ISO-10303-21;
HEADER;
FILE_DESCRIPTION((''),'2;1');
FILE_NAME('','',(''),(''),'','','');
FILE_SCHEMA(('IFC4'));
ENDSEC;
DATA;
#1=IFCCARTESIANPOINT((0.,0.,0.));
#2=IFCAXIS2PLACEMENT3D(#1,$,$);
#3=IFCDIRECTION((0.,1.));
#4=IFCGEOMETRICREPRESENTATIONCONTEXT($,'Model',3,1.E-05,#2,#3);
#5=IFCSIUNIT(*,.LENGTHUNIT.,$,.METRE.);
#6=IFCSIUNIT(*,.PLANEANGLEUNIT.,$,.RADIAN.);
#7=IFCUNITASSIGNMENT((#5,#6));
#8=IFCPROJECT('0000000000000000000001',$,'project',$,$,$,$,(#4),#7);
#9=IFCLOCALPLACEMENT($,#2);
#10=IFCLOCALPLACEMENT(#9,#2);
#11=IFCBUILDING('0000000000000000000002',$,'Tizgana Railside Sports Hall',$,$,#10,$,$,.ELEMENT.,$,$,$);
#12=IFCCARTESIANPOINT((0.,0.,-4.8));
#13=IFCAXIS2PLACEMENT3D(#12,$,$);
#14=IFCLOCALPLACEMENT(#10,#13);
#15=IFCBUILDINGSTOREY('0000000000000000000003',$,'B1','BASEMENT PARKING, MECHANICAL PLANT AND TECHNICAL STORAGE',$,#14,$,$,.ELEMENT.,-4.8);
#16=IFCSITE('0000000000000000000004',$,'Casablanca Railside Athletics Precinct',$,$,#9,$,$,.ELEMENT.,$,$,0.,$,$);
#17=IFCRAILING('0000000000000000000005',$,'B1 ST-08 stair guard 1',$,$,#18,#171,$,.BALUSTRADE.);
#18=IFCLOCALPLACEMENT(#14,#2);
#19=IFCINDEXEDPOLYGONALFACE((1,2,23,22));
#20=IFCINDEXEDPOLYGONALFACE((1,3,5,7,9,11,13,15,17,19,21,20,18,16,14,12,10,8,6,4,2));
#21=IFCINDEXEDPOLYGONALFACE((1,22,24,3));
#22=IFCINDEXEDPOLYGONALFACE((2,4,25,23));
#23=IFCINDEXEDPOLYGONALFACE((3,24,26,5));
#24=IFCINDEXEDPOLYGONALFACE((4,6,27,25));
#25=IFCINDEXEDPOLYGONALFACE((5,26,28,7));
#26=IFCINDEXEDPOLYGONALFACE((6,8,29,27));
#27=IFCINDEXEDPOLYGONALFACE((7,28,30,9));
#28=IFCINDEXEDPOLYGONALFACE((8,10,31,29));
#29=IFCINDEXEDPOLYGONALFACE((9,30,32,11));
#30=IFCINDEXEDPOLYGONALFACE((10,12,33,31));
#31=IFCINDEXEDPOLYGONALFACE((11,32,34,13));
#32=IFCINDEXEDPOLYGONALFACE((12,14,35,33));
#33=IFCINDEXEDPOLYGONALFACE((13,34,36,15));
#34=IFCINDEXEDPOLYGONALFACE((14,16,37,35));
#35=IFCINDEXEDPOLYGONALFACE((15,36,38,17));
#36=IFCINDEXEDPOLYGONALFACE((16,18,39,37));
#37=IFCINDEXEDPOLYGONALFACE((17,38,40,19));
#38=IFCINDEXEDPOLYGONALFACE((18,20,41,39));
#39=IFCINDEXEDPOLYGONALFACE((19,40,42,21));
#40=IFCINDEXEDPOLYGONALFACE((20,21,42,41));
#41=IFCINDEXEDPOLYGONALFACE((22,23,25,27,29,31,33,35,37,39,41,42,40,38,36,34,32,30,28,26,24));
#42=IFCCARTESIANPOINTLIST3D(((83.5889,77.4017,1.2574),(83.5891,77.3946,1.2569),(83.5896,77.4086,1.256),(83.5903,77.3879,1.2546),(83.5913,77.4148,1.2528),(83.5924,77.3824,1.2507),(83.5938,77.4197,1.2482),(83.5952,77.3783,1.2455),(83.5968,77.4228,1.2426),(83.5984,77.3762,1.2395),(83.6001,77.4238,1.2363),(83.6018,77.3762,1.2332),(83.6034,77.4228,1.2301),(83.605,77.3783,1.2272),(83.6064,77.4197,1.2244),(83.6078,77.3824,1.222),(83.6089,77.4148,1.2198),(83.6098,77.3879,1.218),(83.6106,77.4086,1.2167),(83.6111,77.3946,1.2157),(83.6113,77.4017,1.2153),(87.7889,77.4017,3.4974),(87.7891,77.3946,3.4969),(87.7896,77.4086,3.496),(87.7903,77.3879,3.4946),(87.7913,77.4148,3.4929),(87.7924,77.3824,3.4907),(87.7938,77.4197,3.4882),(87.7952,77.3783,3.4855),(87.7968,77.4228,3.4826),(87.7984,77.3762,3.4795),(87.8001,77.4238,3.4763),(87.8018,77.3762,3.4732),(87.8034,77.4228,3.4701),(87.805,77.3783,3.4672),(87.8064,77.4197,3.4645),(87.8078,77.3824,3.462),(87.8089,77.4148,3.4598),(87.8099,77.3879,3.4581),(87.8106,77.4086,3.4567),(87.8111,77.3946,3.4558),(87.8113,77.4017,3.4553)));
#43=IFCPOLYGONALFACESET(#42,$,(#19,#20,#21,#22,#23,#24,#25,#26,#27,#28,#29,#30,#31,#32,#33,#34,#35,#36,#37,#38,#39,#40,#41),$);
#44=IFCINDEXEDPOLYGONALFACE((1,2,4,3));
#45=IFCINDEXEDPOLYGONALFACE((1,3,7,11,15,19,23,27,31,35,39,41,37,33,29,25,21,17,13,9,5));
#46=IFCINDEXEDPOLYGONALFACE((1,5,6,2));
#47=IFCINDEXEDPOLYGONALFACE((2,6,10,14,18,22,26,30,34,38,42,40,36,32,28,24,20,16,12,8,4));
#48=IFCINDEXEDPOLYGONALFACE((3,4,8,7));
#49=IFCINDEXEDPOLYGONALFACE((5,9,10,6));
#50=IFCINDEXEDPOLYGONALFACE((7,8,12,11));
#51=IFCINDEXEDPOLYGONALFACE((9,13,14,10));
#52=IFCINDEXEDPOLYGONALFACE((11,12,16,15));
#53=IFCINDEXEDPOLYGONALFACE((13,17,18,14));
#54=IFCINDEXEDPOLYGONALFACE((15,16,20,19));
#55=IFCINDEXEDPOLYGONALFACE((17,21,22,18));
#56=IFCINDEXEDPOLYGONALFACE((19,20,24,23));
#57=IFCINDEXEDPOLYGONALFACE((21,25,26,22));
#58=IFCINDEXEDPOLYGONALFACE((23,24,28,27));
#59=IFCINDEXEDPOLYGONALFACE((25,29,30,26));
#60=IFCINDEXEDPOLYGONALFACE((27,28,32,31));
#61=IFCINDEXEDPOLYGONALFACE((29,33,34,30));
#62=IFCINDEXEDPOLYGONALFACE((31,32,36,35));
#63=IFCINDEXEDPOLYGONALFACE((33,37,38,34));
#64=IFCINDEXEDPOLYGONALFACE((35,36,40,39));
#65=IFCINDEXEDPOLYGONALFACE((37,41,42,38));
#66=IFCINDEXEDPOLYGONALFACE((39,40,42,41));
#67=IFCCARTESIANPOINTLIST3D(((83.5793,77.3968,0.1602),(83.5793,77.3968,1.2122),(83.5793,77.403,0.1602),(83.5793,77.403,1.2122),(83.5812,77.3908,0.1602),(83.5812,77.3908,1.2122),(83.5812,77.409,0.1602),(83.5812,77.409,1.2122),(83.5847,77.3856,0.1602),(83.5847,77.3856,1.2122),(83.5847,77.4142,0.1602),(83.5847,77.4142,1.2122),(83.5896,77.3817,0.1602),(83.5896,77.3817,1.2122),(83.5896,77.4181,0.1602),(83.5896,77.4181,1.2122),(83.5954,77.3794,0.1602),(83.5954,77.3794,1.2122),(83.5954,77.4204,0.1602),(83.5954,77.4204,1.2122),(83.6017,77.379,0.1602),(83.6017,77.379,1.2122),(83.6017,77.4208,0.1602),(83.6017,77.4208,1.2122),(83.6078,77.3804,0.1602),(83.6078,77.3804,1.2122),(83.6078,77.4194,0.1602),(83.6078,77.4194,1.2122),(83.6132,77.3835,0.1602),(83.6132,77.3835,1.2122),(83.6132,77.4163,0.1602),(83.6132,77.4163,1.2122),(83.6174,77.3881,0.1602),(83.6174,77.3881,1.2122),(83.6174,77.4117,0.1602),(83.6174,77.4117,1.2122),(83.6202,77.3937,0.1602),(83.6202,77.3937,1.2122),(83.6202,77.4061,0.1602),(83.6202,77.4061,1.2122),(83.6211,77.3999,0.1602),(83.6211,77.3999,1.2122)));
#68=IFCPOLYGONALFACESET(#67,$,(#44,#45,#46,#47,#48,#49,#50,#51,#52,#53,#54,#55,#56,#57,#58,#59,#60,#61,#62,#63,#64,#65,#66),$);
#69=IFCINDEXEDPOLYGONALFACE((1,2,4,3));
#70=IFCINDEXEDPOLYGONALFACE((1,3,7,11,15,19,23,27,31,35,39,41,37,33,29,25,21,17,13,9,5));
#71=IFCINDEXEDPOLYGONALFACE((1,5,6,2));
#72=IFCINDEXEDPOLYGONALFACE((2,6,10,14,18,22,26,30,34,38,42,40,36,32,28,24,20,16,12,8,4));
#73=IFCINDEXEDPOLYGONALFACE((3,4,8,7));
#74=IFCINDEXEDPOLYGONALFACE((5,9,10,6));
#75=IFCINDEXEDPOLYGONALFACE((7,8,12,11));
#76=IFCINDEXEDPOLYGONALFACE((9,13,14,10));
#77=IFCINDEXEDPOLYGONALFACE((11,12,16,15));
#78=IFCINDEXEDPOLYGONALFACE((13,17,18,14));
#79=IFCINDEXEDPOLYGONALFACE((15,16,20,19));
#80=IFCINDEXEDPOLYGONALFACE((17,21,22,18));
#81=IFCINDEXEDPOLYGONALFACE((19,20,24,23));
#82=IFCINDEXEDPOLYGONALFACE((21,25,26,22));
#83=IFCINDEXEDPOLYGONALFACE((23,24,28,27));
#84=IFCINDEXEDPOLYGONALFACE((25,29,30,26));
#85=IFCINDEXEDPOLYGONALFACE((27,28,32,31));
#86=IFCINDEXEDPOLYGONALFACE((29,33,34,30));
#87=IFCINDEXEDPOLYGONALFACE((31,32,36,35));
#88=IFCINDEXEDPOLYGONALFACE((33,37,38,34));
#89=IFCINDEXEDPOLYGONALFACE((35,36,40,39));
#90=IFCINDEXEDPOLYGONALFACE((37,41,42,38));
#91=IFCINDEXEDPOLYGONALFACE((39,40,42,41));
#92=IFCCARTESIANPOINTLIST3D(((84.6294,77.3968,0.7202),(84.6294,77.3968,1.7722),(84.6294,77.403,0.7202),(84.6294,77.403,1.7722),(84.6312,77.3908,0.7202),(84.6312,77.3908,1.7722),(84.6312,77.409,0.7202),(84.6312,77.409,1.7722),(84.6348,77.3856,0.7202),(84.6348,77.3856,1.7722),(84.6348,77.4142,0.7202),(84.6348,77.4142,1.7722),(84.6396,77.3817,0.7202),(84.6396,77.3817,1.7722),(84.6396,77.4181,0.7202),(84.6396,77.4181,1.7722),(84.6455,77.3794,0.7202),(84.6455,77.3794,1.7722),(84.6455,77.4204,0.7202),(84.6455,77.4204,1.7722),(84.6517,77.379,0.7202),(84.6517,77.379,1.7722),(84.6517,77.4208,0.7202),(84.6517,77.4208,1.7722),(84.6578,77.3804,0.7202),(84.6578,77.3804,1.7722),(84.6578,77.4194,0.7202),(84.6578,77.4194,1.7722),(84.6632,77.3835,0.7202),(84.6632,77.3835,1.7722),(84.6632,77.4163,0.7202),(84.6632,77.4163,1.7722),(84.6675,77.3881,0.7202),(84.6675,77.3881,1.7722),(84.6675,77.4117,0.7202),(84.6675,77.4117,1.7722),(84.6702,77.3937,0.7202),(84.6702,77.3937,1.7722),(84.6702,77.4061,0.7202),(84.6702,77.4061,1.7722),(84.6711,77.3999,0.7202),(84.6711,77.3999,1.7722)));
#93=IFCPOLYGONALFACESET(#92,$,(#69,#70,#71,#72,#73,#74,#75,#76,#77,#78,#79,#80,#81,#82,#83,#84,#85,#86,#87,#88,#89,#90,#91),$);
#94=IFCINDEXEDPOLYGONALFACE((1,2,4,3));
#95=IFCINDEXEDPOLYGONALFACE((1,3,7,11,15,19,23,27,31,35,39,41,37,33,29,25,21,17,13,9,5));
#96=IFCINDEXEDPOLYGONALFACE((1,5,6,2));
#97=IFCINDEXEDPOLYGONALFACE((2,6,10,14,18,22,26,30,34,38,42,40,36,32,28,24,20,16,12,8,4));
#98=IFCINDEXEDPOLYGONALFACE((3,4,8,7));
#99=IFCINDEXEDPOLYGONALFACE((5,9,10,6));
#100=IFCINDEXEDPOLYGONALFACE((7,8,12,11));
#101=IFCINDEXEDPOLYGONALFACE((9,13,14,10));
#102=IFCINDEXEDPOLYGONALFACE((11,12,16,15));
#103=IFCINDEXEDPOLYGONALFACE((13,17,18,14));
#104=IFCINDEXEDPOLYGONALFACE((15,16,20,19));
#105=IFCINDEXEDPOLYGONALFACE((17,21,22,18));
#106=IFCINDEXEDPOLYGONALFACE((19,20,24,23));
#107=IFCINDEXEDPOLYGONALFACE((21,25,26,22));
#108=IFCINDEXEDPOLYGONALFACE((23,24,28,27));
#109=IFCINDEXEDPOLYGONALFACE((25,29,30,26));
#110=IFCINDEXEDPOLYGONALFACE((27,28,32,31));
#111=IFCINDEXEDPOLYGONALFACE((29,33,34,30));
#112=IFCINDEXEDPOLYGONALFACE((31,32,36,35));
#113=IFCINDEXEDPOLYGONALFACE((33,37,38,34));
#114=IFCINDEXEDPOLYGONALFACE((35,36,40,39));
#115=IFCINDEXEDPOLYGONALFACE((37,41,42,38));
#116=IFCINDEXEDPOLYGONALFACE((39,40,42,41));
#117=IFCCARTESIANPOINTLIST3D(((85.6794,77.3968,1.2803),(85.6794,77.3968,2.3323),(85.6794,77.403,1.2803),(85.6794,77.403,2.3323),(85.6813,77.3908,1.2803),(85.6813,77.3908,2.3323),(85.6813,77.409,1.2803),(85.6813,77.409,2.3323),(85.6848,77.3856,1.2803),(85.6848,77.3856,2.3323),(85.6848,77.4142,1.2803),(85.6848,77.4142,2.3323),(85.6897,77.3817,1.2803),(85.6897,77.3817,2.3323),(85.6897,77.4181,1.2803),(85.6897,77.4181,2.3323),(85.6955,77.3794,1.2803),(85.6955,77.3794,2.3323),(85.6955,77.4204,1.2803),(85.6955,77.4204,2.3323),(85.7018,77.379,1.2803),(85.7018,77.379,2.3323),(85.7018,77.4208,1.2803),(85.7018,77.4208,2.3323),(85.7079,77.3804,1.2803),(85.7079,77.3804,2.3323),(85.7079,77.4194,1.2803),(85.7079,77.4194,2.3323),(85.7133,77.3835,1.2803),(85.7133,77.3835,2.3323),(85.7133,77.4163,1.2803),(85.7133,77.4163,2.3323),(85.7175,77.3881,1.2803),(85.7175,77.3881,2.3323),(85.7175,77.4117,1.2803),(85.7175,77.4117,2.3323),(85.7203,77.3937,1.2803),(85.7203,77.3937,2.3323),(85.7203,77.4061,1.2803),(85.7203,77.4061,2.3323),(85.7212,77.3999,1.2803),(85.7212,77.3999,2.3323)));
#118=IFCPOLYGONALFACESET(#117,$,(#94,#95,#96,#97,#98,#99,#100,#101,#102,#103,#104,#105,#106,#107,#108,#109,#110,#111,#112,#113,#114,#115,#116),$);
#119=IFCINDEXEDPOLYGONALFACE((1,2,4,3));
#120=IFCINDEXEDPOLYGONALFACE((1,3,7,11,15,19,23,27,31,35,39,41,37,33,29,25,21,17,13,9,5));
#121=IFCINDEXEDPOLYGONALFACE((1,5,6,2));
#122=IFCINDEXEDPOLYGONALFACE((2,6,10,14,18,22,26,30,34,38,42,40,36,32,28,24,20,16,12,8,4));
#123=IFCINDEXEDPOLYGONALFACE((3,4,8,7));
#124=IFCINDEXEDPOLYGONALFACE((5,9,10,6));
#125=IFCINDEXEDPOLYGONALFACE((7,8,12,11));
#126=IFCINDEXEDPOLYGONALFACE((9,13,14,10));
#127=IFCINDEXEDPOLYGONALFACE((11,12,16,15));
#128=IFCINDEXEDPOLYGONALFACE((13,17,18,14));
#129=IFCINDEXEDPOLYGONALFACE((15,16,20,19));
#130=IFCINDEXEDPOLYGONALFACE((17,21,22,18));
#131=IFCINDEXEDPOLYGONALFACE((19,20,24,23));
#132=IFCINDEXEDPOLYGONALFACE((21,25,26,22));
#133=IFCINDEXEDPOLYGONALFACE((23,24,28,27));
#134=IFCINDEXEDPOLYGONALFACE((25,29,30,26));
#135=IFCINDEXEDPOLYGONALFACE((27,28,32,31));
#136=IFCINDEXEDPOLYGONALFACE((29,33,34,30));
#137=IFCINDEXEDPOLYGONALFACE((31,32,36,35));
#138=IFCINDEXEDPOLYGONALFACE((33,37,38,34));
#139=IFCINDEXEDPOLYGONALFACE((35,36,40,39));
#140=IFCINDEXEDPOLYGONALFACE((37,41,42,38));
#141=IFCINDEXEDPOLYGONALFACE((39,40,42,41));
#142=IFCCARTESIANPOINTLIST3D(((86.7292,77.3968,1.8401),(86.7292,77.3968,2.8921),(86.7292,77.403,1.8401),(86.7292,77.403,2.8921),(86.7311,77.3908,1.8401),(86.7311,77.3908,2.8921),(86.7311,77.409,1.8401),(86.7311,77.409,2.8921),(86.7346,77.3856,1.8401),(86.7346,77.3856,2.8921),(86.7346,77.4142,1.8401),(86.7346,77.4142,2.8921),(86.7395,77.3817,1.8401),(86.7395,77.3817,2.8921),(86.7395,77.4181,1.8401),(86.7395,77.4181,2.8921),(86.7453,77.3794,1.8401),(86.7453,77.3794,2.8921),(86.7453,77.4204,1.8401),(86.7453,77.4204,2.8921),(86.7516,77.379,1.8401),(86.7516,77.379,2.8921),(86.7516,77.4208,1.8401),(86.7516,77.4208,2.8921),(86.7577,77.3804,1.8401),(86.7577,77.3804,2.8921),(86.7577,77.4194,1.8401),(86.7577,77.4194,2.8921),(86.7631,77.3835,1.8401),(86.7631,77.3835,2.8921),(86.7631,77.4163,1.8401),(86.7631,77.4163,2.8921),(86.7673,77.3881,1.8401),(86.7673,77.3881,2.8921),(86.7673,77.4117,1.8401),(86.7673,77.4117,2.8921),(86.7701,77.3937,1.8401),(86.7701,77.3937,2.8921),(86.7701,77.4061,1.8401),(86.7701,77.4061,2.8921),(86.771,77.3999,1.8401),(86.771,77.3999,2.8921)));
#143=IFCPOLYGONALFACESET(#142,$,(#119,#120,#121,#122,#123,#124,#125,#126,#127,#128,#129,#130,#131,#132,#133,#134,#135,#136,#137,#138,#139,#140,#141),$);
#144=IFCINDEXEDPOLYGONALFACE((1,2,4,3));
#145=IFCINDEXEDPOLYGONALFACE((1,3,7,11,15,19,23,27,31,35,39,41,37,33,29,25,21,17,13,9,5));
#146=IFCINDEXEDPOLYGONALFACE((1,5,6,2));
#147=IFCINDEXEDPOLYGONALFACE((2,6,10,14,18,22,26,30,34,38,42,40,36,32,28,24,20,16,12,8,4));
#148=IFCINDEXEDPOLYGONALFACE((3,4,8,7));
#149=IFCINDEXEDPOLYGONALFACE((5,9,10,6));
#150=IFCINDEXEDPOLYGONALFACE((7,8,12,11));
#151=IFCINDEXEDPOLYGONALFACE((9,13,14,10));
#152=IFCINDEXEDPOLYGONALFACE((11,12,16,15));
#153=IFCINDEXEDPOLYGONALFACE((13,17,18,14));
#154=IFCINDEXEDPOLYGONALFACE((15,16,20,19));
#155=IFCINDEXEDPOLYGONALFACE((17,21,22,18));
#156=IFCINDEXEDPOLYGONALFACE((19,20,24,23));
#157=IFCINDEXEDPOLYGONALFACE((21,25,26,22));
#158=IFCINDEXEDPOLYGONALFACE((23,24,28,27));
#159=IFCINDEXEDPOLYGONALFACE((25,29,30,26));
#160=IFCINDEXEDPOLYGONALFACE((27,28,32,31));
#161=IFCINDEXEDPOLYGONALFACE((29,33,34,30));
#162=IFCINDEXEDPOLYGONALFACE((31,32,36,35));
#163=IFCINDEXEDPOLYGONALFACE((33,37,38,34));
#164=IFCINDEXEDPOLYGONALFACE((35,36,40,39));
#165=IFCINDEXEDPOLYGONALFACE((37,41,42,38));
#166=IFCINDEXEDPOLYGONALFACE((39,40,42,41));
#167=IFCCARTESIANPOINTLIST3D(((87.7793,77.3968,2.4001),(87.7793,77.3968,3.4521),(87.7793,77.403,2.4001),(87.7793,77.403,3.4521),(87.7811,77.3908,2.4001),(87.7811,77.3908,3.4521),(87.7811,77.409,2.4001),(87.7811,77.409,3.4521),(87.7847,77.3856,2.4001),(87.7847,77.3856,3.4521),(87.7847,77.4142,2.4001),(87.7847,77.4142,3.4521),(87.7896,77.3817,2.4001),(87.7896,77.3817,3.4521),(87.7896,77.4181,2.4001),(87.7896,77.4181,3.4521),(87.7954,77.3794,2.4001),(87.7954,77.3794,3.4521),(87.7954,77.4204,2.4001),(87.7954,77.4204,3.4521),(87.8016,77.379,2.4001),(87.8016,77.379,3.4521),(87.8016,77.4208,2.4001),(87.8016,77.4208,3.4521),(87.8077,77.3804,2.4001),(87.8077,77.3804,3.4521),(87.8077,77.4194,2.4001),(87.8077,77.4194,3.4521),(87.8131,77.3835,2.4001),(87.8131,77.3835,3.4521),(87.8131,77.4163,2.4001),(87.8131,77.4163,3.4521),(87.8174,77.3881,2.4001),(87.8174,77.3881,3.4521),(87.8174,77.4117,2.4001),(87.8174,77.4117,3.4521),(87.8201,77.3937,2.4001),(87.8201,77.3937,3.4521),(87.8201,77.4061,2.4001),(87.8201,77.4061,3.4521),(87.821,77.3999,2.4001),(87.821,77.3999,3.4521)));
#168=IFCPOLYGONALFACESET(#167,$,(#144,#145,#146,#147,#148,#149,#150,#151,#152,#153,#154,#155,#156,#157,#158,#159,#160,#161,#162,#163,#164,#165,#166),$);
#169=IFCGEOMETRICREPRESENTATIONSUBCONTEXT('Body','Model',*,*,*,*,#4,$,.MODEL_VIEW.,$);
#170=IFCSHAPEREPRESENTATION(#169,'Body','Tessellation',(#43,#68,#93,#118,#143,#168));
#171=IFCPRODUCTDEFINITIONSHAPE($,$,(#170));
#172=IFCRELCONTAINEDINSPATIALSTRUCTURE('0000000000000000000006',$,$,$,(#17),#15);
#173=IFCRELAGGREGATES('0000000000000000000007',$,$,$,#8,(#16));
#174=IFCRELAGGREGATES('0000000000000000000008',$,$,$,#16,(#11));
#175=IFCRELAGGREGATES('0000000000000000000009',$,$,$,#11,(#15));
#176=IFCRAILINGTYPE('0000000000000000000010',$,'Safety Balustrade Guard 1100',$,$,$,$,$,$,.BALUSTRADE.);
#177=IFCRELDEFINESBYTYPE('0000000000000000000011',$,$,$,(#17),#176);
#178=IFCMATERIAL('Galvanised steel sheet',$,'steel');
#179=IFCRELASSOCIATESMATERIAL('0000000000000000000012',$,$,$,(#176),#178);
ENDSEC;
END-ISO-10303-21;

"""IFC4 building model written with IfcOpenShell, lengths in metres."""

from ifc_helpers import new_model, si_unit, direction, frame, origin, origin_2d, place, context, subcontext, project, spatial, circle, extrude, material, type_object, element, save


model = new_model("IFC4")

# Units and contexts
model_context = context("Model", 3, precision=1e-05, world=origin(), true_north=direction((0.0, 1.0)))
body_context = subcontext(model_context, "Body", "Model", "MODEL_VIEW")
ifc_project = project(units=[si_unit("LENGTHUNIT", "METRE"), si_unit("PLANEANGLEUNIT", "RADIAN")], contexts=[model_context])

# Site, building, storey
site_placement = place(None, origin())
site = spatial("IfcSite", under=ifc_project, at=site_placement, Name="Casablanca Railside Athletics Precinct", CompositionType="ELEMENT", RefElevation=0.0)
building_placement = place(site_placement, origin())
building = spatial("IfcBuilding", under=site, at=building_placement, Name="Tizgana Railside Sports Hall", CompositionType="ELEMENT")
storey_placement = place(building_placement, frame((0.0, 0.0, -4.8)))
storey = spatial("IfcBuildingStorey", under=building, at=storey_placement, Name="B1", Description="BASEMENT PARKING, MECHANICAL PLANT AND TECHNICAL STORAGE", CompositionType="ELEMENT", Elevation=-4.8)

# Railing
ifc_material_1 = material(Name="Galvanised steel sheet", Category="steel")
railing_type_1 = type_object("IfcRailingType", Name="Safety Balustrade Guard 1100", PredefinedType="BALUSTRADE", material=ifc_material_1)
railing_1_placement = place(storey_placement, frame((83.6001, 77.3999, 0.1602)))
element("IfcRailing", 1, at=railing_1_placement, inside=storey, type_object=railing_type_1, Name="B1 ST-08 stair guard 1", PredefinedType="BALUSTRADE", context=body_context, shape_type="SweptSolid", body=[
    extrude(circle(Radius=0.0239, at=origin_2d()), frame((0.0, 0.0, 1.0762), z_axis=(0.882352, 0.0, 0.470591), x_axis=(0.0, 1.0, 0.0)), (0.0, 0.0, 1.0), 4.76),
    extrude(circle(Radius=0.021, at=origin_2d()), origin(), (0.0, 0.0, 1.0), 1.052),
    extrude(circle(Radius=0.021, at=origin_2d()), frame((1.05, 0.0, 0.5601)), (0.0, 0.0, 1.0), 1.052),
    extrude(circle(Radius=0.021, at=origin_2d()), frame((2.1001, 0.0, 1.1201)), (0.0, 0.0, 1.0), 1.052),
    extrude(circle(Radius=0.021, at=origin_2d()), frame((3.1499, 0.0, 1.6799)), (0.0, 0.0, 1.0), 1.052),
    extrude(circle(Radius=0.021, at=origin_2d()), frame((4.2, 0.0, 2.24)), (0.0, 0.0, 1.0), 1.052),
])

save(model, "model.ifc")
